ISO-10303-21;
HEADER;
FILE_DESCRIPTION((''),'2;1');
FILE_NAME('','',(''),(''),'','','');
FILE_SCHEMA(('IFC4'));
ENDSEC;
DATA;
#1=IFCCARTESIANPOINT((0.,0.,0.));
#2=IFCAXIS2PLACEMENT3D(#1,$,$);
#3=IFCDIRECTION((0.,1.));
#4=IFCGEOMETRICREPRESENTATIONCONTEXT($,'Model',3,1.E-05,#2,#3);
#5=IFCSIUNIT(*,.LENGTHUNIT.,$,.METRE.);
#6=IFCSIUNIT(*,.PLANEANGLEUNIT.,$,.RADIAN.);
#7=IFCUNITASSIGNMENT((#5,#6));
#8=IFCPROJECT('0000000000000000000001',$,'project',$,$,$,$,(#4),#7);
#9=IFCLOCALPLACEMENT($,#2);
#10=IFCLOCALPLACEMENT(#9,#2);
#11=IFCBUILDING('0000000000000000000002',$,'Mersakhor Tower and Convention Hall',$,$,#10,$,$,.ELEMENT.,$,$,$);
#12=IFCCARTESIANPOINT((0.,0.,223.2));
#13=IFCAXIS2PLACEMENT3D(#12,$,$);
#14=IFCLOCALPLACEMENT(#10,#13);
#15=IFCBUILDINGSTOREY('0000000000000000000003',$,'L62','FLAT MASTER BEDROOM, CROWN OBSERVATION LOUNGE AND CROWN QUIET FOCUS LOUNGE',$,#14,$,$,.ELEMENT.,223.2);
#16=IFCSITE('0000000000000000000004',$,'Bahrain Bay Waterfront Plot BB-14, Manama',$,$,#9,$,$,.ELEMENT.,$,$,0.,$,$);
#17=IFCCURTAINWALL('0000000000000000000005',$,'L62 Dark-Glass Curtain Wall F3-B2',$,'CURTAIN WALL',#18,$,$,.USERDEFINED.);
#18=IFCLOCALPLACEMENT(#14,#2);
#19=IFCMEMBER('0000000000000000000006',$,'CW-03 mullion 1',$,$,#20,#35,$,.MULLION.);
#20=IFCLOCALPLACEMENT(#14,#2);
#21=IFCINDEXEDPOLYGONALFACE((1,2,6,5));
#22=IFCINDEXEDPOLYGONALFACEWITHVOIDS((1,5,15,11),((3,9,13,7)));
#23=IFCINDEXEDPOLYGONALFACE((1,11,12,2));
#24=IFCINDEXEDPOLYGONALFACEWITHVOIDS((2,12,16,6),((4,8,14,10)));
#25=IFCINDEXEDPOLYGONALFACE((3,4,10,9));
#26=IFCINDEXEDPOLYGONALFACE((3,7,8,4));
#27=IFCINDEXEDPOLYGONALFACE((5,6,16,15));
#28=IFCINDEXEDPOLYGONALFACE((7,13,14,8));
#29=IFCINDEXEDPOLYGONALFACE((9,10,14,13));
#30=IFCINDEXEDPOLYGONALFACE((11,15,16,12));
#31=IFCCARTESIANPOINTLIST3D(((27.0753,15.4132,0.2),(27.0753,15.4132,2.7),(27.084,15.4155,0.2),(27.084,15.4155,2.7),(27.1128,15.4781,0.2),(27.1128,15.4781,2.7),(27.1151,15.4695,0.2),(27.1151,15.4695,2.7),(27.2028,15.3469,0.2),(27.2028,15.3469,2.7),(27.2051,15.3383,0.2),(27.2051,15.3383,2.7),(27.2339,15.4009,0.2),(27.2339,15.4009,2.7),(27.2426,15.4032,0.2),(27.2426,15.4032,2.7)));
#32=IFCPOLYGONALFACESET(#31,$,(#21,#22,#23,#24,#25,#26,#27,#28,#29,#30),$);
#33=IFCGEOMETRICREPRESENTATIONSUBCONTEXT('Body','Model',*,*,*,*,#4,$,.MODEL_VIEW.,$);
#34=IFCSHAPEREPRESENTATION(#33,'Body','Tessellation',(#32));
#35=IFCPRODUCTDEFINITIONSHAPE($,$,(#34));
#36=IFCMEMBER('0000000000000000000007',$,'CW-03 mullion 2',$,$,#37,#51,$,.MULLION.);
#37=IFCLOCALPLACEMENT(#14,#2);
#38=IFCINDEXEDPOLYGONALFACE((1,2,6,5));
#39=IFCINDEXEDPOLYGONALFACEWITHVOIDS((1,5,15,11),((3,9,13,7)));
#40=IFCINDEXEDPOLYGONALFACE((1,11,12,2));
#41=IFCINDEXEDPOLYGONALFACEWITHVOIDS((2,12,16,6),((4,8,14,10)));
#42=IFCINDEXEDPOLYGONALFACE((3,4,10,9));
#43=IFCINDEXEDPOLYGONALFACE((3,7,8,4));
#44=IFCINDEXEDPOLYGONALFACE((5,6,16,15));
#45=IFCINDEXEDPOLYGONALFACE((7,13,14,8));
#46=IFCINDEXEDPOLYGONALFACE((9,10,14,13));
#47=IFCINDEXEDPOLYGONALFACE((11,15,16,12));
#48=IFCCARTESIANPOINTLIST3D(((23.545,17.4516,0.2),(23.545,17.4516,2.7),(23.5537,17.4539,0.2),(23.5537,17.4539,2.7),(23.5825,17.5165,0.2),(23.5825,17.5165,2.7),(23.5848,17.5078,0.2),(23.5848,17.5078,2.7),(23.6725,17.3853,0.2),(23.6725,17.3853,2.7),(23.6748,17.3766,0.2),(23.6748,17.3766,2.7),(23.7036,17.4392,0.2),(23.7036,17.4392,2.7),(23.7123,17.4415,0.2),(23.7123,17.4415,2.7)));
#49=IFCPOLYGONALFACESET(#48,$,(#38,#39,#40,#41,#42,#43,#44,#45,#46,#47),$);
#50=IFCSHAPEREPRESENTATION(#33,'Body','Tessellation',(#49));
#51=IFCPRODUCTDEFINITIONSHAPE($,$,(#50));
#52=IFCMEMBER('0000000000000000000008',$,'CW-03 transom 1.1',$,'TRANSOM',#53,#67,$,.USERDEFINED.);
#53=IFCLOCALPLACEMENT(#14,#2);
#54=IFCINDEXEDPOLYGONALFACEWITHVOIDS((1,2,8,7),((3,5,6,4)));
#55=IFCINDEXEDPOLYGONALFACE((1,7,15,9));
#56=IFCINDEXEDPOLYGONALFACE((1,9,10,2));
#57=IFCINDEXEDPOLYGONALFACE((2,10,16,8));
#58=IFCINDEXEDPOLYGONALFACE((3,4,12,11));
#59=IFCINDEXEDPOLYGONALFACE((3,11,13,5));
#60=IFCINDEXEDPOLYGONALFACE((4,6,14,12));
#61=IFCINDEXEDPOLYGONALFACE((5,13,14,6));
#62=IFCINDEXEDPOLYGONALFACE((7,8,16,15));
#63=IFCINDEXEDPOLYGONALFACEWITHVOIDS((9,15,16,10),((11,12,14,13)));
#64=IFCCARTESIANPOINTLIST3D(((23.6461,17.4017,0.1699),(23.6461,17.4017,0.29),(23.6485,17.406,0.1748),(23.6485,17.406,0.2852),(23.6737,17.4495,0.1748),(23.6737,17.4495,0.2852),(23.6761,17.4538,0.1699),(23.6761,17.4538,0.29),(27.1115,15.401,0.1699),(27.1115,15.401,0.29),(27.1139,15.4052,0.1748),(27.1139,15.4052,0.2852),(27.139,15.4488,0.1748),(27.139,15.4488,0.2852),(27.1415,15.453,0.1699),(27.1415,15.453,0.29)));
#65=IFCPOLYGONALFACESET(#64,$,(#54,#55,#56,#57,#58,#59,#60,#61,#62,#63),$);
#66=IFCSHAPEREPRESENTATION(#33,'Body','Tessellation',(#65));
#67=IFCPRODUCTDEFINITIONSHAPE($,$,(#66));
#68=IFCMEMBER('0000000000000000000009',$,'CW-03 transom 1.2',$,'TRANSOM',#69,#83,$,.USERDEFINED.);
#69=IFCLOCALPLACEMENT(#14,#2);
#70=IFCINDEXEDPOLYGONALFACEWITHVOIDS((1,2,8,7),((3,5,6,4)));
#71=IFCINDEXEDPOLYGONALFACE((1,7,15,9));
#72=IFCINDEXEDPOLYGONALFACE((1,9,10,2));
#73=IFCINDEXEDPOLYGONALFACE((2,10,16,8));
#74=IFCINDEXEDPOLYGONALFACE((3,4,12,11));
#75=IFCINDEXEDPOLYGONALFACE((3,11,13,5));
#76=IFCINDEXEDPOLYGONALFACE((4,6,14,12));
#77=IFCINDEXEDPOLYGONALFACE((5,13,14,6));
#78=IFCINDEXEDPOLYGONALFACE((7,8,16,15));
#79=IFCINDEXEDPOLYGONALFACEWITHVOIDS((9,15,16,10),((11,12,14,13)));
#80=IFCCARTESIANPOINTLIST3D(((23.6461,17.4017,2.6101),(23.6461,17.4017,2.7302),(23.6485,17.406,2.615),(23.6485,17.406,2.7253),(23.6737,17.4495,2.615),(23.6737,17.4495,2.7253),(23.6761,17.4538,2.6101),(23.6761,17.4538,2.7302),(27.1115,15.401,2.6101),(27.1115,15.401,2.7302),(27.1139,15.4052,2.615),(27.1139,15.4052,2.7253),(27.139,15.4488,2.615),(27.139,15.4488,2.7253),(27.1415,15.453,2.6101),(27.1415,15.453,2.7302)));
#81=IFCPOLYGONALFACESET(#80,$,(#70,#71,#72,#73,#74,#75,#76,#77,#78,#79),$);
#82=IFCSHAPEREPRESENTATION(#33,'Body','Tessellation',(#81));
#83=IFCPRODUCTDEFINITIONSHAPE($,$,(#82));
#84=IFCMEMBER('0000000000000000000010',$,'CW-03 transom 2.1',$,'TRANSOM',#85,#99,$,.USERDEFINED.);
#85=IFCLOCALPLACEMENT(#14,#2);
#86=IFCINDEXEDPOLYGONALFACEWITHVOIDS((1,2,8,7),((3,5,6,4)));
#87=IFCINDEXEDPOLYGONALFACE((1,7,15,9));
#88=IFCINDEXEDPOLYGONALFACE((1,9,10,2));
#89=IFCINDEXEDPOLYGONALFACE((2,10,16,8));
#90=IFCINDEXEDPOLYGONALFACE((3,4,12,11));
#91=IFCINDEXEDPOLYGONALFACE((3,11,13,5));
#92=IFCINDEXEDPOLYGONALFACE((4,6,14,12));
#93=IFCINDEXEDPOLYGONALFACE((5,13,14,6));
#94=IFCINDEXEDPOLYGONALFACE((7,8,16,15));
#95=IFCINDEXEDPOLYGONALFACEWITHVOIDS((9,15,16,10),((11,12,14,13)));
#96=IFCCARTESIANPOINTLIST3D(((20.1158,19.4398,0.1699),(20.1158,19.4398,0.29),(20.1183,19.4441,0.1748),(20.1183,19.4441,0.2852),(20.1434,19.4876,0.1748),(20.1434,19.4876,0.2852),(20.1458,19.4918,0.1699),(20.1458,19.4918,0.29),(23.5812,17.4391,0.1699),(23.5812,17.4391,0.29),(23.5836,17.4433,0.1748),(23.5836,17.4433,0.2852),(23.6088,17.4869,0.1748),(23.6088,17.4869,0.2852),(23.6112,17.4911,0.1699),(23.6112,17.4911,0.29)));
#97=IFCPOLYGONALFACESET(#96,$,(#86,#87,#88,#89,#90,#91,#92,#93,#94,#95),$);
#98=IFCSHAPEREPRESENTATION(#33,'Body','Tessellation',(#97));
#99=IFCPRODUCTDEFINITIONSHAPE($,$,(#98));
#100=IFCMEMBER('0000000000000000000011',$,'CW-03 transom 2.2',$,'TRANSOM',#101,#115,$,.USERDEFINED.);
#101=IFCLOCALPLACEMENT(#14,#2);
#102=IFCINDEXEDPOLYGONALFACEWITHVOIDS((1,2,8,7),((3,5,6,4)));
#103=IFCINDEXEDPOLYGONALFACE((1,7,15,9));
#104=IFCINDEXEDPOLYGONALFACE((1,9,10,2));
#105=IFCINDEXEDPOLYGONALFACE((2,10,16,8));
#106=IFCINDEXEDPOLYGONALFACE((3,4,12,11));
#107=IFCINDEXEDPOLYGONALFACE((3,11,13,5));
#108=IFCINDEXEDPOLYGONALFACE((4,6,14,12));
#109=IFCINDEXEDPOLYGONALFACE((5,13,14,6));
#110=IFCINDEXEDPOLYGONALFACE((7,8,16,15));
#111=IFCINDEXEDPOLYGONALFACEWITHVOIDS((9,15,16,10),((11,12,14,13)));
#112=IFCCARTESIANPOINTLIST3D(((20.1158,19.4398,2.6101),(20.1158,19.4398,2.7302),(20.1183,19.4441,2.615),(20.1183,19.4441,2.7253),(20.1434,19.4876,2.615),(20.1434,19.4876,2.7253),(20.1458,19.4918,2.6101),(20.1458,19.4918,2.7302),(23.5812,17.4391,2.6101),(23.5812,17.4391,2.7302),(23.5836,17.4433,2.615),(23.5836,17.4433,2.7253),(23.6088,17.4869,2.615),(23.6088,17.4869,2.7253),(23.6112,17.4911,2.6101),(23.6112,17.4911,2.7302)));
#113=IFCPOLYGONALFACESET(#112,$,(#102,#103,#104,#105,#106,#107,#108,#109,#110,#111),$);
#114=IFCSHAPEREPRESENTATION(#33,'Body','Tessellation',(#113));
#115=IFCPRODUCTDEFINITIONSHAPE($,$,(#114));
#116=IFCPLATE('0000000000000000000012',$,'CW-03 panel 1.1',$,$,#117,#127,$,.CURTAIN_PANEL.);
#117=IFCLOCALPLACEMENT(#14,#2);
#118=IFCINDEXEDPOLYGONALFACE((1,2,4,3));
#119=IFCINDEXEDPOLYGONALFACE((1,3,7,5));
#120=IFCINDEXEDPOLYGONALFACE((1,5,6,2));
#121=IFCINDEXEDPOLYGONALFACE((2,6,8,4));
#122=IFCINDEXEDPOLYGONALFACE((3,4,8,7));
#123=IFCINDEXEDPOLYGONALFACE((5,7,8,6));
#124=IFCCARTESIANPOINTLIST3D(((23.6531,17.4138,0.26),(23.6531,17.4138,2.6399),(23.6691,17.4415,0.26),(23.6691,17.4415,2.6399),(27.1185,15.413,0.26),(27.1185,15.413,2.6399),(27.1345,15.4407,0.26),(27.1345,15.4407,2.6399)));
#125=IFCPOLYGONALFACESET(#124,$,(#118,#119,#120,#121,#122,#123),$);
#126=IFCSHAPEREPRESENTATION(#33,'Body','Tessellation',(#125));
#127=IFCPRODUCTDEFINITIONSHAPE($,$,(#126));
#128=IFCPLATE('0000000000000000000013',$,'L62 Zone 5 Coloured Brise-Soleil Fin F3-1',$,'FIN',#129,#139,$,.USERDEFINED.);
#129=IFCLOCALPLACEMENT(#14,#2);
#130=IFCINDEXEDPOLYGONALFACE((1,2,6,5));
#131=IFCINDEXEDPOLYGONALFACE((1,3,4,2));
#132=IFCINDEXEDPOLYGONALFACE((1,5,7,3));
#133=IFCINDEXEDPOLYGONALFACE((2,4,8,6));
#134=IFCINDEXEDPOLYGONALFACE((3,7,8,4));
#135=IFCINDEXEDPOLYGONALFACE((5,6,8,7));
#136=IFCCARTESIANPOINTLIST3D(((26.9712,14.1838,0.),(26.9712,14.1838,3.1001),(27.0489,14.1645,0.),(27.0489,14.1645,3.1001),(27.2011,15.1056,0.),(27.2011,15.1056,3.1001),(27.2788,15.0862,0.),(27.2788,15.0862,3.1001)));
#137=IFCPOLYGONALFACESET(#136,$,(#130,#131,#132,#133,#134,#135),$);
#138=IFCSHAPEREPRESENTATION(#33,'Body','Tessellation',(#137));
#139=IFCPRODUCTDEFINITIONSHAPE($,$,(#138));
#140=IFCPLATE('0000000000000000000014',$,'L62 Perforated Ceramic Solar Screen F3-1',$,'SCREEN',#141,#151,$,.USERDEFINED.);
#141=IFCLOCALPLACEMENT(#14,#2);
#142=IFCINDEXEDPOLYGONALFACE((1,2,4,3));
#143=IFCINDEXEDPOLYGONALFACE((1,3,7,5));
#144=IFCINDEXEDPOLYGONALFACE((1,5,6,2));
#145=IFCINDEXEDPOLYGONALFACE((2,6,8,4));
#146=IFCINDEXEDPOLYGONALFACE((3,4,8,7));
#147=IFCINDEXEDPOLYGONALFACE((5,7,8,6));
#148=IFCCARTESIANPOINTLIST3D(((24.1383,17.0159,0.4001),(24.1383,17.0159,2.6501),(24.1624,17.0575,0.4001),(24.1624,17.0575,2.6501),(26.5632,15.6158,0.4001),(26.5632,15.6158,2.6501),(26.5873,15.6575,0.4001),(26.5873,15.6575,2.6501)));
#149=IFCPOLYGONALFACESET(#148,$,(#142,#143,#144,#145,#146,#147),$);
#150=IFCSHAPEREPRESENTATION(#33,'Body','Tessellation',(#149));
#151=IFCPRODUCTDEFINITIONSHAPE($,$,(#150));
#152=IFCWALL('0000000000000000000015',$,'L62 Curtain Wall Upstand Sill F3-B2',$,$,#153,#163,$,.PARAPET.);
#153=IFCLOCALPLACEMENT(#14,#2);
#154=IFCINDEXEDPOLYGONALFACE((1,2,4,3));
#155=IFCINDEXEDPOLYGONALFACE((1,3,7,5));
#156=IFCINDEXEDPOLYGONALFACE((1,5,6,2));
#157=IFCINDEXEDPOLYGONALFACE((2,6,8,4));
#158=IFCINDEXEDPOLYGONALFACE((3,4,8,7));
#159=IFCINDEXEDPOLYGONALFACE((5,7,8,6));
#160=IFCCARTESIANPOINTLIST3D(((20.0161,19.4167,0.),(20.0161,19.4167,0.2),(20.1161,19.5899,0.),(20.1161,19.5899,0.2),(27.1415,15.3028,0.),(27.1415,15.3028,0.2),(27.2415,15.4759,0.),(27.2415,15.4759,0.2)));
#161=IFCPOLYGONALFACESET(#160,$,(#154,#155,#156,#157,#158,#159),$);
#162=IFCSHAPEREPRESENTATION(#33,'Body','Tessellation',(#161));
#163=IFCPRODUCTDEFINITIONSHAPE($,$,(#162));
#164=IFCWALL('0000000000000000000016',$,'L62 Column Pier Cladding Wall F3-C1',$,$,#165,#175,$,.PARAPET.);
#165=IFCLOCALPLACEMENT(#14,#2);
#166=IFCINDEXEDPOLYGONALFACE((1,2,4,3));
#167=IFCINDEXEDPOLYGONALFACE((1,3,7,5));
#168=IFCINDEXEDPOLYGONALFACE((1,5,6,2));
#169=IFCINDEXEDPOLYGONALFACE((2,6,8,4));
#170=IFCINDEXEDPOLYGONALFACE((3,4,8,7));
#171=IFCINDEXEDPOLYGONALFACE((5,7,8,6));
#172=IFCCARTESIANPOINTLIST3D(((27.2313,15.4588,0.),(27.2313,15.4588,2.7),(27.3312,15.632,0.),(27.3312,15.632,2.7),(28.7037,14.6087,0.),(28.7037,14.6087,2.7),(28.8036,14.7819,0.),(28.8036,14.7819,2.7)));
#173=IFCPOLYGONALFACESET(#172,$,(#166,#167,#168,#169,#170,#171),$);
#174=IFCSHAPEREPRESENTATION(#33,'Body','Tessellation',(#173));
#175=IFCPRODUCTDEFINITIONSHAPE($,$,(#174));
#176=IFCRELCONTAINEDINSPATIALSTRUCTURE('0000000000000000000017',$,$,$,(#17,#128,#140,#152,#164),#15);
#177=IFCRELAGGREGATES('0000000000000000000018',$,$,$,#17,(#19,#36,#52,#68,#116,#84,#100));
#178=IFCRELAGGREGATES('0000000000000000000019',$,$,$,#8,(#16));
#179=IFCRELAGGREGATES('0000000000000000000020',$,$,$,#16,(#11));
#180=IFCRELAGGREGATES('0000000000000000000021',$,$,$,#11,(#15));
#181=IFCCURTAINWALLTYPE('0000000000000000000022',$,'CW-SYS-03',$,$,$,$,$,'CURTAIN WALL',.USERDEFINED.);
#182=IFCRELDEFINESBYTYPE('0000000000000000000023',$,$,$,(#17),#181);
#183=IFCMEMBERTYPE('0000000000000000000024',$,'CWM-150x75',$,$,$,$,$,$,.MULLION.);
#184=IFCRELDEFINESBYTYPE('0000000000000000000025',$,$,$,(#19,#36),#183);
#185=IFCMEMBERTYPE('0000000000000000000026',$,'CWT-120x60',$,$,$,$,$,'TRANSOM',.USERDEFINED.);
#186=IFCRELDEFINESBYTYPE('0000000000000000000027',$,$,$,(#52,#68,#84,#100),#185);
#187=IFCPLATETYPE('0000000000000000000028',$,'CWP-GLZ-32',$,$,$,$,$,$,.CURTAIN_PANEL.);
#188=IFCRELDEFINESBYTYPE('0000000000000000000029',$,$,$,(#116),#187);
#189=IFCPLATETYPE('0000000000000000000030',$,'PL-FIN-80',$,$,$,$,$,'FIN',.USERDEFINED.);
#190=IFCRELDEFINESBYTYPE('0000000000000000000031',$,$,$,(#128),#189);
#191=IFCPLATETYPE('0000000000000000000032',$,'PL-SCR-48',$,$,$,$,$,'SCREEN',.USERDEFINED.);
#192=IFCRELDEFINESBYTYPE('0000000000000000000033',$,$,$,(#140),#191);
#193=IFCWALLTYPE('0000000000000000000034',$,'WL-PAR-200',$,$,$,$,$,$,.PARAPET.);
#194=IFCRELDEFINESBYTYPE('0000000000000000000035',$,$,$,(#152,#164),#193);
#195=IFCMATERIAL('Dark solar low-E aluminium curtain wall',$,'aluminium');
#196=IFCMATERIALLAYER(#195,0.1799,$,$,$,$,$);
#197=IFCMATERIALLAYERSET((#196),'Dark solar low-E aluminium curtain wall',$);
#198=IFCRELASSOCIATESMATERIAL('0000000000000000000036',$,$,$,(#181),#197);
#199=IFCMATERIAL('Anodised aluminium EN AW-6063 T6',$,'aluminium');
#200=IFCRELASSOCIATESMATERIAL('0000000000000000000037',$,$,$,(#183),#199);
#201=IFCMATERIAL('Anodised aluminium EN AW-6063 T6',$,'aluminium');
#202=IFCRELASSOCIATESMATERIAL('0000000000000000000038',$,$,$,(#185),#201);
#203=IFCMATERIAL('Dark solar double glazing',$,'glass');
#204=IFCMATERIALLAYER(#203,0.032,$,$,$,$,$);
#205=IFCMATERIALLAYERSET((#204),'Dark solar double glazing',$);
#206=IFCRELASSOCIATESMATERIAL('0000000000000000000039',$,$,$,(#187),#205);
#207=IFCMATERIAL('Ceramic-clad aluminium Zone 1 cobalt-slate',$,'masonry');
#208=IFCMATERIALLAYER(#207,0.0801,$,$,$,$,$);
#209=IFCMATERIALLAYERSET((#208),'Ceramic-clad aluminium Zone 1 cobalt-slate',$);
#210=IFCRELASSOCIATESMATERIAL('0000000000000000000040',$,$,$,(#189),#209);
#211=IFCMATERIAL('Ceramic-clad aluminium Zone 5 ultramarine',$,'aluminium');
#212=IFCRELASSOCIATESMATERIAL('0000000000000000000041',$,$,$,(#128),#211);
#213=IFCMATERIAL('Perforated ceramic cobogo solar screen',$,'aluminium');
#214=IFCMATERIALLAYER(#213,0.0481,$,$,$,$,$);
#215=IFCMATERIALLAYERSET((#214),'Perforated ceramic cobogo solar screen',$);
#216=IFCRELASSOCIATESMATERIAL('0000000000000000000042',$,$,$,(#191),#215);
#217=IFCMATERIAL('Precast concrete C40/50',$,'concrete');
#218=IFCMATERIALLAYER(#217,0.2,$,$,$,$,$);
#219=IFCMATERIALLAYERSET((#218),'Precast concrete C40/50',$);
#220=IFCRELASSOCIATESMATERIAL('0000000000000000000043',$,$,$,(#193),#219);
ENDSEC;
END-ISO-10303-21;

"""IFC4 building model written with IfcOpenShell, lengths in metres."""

from ifc_helpers import new_model, si_unit, direction, frame, frame_2d, origin, origin_2d, place, context, subcontext, project, spatial, rectangle, hollow_rectangle, extrude, material, layer, layer_set, material_profile, profile_set, type_object, element, aggregate, save


model = new_model("IFC4")

# Units and contexts
model_context = context("Model", 3, precision=1e-05, world=origin(), true_north=direction((0.0, 1.0)))
body_context = subcontext(model_context, "Body", "Model", "MODEL_VIEW")
ifc_project = project(units=[si_unit("LENGTHUNIT", "METRE"), si_unit("PLANEANGLEUNIT", "RADIAN")], contexts=[model_context])

# Site, building, storey
site_placement = place(None, origin())
site = spatial("IfcSite", under=ifc_project, at=site_placement, Name="Bahrain Bay Waterfront Plot BB-14, Manama", CompositionType="ELEMENT", RefElevation=0.0)
building_placement = place(site_placement, origin())
building = spatial("IfcBuilding", under=site, at=building_placement, Name="Mersakhor Tower and Convention Hall", CompositionType="ELEMENT")
storey_placement = place(building_placement, frame((0.0, 0.0, 223.2)))
storey = spatial("IfcBuildingStorey", under=building, at=storey_placement, Name="L62", Description="FLAT MASTER BEDROOM, CROWN OBSERVATION LOUNGE AND CROWN QUIET FOCUS LOUNGE", CompositionType="ELEMENT", Elevation=223.2)

# Curtain wall, members, plate
ifc_material_1 = material(Name="Dark solar low-E aluminium curtain wall", Category="aluminium")
ifc_layer_1 = layer(ifc_material_1, 0.1799)
ifc_layer_set_1 = layer_set([ifc_layer_1], Name="Dark solar low-E aluminium curtain wall")
curtain_wall_type = type_object("IfcCurtainWallType", Name="CW-SYS-03", ElementType="CURTAIN WALL", PredefinedType="USERDEFINED", material=ifc_layer_set_1)
curtain_wall_placement = place(storey_placement, origin())
curtain_wall = element("IfcCurtainWall", 1, at=curtain_wall_placement, inside=storey, type_object=curtain_wall_type, Name="L62 Dark-Glass Curtain Wall F3-B2", ObjectType="CURTAIN WALL", PredefinedType="USERDEFINED")
ifc_material_2 = material(Name="Anodised aluminium EN AW-6063 T6", Category="aluminium")
ifc_material_profile_1 = material_profile(ifc_material_2, hollow_rectangle(XDim=0.075, YDim=0.1499, WallThickness=0.0063, at=origin_2d()), Name="RHS 150x75x6.3")
ifc_profile_set_1 = profile_set([ifc_material_profile_1], Name="Anodised aluminium EN AW-6063 T6")
member_type_1 = type_object("IfcMemberType", Name="CWM-150x75", PredefinedType="MULLION", material=ifc_profile_set_1)
member_1_placement = place(storey_placement, frame((27.1589, 15.4082, 0.2), z_axis=(0.0, 0.0, 1.0), x_axis=(-0.500004, -0.866023, 0.0)))
member_1 = element("IfcMember", 2, at=member_1_placement, type_object=member_type_1, Name="CW-03 mullion 1", PredefinedType="MULLION", context=body_context, shape_type="SweptSolid", body=[
    extrude(hollow_rectangle(XDim=0.075, YDim=0.1499, WallThickness=0.0063, at=origin_2d()), origin(), (0.0, 0.0, 1.0), 2.5),
])
member_2_placement = place(storey_placement, frame((23.6287, 17.4465, 0.2), z_axis=(0.0, 0.0, 1.0), x_axis=(-0.500004, -0.866023, 0.0)))
member_2 = element("IfcMember", 3, at=member_2_placement, type_object=member_type_1, Name="CW-03 mullion 2", PredefinedType="MULLION", context=body_context, shape_type="SweptSolid", body=[
    extrude(hollow_rectangle(XDim=0.075, YDim=0.1499, WallThickness=0.0063, at=origin_2d()), origin(), (0.0, 0.0, 1.0), 2.5),
])
ifc_material_3 = material(Name="Anodised aluminium EN AW-6063 T6", Category="aluminium")
ifc_material_profile_2 = material_profile(ifc_material_3, hollow_rectangle(XDim=0.0601, YDim=0.1201, WallThickness=0.0049, at=origin_2d()), Name="RHS 120x60x5")
ifc_profile_set_2 = profile_set([ifc_material_profile_2], Name="Anodised aluminium EN AW-6063 T6")
member_type_2 = type_object("IfcMemberType", Name="CWT-120x60", ElementType="TRANSOM", PredefinedType="USERDEFINED", material=ifc_profile_set_2)
member_3_placement = place(storey_placement, frame((27.1265, 15.427, 0.23), z_axis=(-0.866023, 0.500004, 0.0), x_axis=(-0.500004, -0.866023, 0.0)))
member_3 = element("IfcMember", 4, at=member_3_placement, type_object=member_type_2, Name="CW-03 transom 1.1", ObjectType="TRANSOM", PredefinedType="USERDEFINED", context=body_context, shape_type="SweptSolid", body=[
    extrude(hollow_rectangle(XDim=0.0601, YDim=0.1201, WallThickness=0.0049, at=origin_2d()), origin(), (0.0, 0.0, 1.0), 4.0015),
])
member_4_placement = place(storey_placement, frame((27.1265, 15.427, 2.6702), z_axis=(-0.866023, 0.500004, 0.0), x_axis=(-0.500004, -0.866023, 0.0)))
member_4 = element("IfcMember", 5, at=member_4_placement, type_object=member_type_2, Name="CW-03 transom 1.2", ObjectType="TRANSOM", PredefinedType="USERDEFINED", context=body_context, shape_type="SweptSolid", body=[
    extrude(hollow_rectangle(XDim=0.0601, YDim=0.1201, WallThickness=0.0049, at=origin_2d()), origin(), (0.0, 0.0, 1.0), 4.0015),
])
member_5_placement = place(storey_placement, frame((23.5962, 17.4651, 0.23), z_axis=(-0.866023, 0.500004, 0.0), x_axis=(-0.500004, -0.866023, 0.0)))
member_5 = element("IfcMember", 6, at=member_5_placement, type_object=member_type_2, Name="CW-03 transom 2.1", ObjectType="TRANSOM", PredefinedType="USERDEFINED", context=body_context, shape_type="SweptSolid", body=[
    extrude(hollow_rectangle(XDim=0.0601, YDim=0.1201, WallThickness=0.0049, at=origin_2d()), origin(), (0.0, 0.0, 1.0), 4.0015),
])
member_6_placement = place(storey_placement, frame((23.5962, 17.4651, 2.6702), z_axis=(-0.866023, 0.500004, 0.0), x_axis=(-0.500004, -0.866023, 0.0)))
member_6 = element("IfcMember", 7, at=member_6_placement, type_object=member_type_2, Name="CW-03 transom 2.2", ObjectType="TRANSOM", PredefinedType="USERDEFINED", context=body_context, shape_type="SweptSolid", body=[
    extrude(hollow_rectangle(XDim=0.0601, YDim=0.1201, WallThickness=0.0049, at=origin_2d()), origin(), (0.0, 0.0, 1.0), 4.0015),
])
ifc_material_4 = material(Name="Dark solar double glazing", Category="glass")
ifc_layer_2 = layer(ifc_material_4, 0.032)
ifc_layer_set_2 = layer_set([ifc_layer_2], Name="Dark solar double glazing")
plate_type_1 = type_object("IfcPlateType", Name="CWP-GLZ-32", PredefinedType="CURTAIN_PANEL", material=ifc_layer_set_2)
plate_1_placement = place(storey_placement, frame((25.3938, 16.4272, 0.26), z_axis=(0.0, 0.0, 1.0), x_axis=(-0.866023, 0.500004, 0.0)))
plate_1 = element("IfcPlate", 8, at=plate_1_placement, type_object=plate_type_1, Name="CW-03 panel 1.1", PredefinedType="CURTAIN_PANEL", context=body_context, shape_type="SweptSolid", body=[
    extrude(rectangle(XDim=4.0015, YDim=0.032, at=origin_2d()), origin(), (0.0, 0.0, 1.0), 2.3799),
])
aggregate(curtain_wall, [member_1, member_2, member_3, member_4, plate_1, member_5, member_6])

# Plates
ifc_material_5 = material(Name="Ceramic-clad aluminium Zone 5 ultramarine", Category="aluminium")
ifc_material_6 = material(Name="Ceramic-clad aluminium Zone 1 cobalt-slate", Category="masonry")
ifc_layer_3 = layer(ifc_material_6, 0.0801)
ifc_layer_set_3 = layer_set([ifc_layer_3], Name="Ceramic-clad aluminium Zone 1 cobalt-slate")
plate_type_2 = type_object("IfcPlateType", Name="PL-FIN-80", ElementType="FIN", PredefinedType="USERDEFINED", material=ifc_layer_set_3)
plate_2_placement = place(storey_placement, frame((27.125, 14.635, 0.0), z_axis=(0.0, 0.0, 1.0), x_axis=(-0.241922, -0.970296, 0.0)))
element("IfcPlate", 9, at=plate_2_placement, inside=storey, type_object=plate_type_2, material=ifc_material_5, Name="L62 Zone 5 Coloured Brise-Soleil Fin F3-1", ObjectType="FIN", PredefinedType="USERDEFINED", context=body_context, shape_type="SweptSolid", body=[
    extrude(rectangle(XDim=0.95, YDim=0.0801, at=origin_2d()), origin(), (0.0, 0.0, 1.0), 3.1001),
])
ifc_material_7 = material(Name="Perforated ceramic cobogo solar screen", Category="aluminium")
ifc_layer_4 = layer(ifc_material_7, 0.0481)
ifc_layer_set_4 = layer_set([ifc_layer_4], Name="Perforated ceramic cobogo solar screen")
plate_type_3 = type_object("IfcPlateType", Name="PL-SCR-48", ElementType="SCREEN", PredefinedType="USERDEFINED", material=ifc_layer_set_4)
plate_3_placement = place(storey_placement, frame((25.3628, 16.3367, 0.4001), z_axis=(0.0, 0.0, 1.0), x_axis=(-0.866025, 0.5, 0.0)))
element("IfcPlate", 10, at=plate_3_placement, inside=storey, type_object=plate_type_3, Name="L62 Perforated Ceramic Solar Screen F3-1", ObjectType="SCREEN", PredefinedType="USERDEFINED", context=body_context, shape_type="SweptSolid", body=[
    extrude(rectangle(XDim=2.8, YDim=0.0481, at=origin_2d()), origin(), (0.0, 0.0, 1.0), 2.25),
])

# Walls
ifc_material_8 = material(Name="Precast concrete C40/50", Category="concrete")
ifc_layer_5 = layer(ifc_material_8, 0.2)
ifc_layer_set_5 = layer_set([ifc_layer_5], Name="Precast concrete C40/50")
wall_type_1 = type_object("IfcWallType", Name="WL-PAR-200", PredefinedType="PARAPET", material=ifc_layer_set_5)
wall_1_placement = place(storey_placement, frame((27.1914, 15.3894, 0.0), z_axis=(0.0, 0.0, 1.0), x_axis=(-0.86602, 0.50001, 0.0)))
element("IfcWall", 11, at=wall_1_placement, inside=storey, type_object=wall_type_1, Name="L62 Curtain Wall Upstand Sill F3-B2", PredefinedType="PARAPET", context=body_context, shape_type="SweptSolid", body=[
    extrude(rectangle(XDim=8.2278, YDim=0.2, at=frame_2d((4.1138, 0.0))), origin(), (0.0, 0.0, 1.0), 0.2),
])
wall_2_placement = place(storey_placement, frame((28.7537, 14.6953, 0.0), z_axis=(0.0, 0.0, 1.0), x_axis=(-0.866025, 0.5, 0.0)))
element("IfcWall", 12, at=wall_2_placement, inside=storey, type_object=wall_type_1, Name="L62 Column Pier Cladding Wall F3-C1", PredefinedType="PARAPET", context=body_context, shape_type="SweptSolid", body=[
    extrude(rectangle(XDim=1.7002, YDim=0.2, at=frame_2d((0.8501, 0.0))), origin(), (0.0, 0.0, 1.0), 2.7),
])

save(model, "model.ifc")
